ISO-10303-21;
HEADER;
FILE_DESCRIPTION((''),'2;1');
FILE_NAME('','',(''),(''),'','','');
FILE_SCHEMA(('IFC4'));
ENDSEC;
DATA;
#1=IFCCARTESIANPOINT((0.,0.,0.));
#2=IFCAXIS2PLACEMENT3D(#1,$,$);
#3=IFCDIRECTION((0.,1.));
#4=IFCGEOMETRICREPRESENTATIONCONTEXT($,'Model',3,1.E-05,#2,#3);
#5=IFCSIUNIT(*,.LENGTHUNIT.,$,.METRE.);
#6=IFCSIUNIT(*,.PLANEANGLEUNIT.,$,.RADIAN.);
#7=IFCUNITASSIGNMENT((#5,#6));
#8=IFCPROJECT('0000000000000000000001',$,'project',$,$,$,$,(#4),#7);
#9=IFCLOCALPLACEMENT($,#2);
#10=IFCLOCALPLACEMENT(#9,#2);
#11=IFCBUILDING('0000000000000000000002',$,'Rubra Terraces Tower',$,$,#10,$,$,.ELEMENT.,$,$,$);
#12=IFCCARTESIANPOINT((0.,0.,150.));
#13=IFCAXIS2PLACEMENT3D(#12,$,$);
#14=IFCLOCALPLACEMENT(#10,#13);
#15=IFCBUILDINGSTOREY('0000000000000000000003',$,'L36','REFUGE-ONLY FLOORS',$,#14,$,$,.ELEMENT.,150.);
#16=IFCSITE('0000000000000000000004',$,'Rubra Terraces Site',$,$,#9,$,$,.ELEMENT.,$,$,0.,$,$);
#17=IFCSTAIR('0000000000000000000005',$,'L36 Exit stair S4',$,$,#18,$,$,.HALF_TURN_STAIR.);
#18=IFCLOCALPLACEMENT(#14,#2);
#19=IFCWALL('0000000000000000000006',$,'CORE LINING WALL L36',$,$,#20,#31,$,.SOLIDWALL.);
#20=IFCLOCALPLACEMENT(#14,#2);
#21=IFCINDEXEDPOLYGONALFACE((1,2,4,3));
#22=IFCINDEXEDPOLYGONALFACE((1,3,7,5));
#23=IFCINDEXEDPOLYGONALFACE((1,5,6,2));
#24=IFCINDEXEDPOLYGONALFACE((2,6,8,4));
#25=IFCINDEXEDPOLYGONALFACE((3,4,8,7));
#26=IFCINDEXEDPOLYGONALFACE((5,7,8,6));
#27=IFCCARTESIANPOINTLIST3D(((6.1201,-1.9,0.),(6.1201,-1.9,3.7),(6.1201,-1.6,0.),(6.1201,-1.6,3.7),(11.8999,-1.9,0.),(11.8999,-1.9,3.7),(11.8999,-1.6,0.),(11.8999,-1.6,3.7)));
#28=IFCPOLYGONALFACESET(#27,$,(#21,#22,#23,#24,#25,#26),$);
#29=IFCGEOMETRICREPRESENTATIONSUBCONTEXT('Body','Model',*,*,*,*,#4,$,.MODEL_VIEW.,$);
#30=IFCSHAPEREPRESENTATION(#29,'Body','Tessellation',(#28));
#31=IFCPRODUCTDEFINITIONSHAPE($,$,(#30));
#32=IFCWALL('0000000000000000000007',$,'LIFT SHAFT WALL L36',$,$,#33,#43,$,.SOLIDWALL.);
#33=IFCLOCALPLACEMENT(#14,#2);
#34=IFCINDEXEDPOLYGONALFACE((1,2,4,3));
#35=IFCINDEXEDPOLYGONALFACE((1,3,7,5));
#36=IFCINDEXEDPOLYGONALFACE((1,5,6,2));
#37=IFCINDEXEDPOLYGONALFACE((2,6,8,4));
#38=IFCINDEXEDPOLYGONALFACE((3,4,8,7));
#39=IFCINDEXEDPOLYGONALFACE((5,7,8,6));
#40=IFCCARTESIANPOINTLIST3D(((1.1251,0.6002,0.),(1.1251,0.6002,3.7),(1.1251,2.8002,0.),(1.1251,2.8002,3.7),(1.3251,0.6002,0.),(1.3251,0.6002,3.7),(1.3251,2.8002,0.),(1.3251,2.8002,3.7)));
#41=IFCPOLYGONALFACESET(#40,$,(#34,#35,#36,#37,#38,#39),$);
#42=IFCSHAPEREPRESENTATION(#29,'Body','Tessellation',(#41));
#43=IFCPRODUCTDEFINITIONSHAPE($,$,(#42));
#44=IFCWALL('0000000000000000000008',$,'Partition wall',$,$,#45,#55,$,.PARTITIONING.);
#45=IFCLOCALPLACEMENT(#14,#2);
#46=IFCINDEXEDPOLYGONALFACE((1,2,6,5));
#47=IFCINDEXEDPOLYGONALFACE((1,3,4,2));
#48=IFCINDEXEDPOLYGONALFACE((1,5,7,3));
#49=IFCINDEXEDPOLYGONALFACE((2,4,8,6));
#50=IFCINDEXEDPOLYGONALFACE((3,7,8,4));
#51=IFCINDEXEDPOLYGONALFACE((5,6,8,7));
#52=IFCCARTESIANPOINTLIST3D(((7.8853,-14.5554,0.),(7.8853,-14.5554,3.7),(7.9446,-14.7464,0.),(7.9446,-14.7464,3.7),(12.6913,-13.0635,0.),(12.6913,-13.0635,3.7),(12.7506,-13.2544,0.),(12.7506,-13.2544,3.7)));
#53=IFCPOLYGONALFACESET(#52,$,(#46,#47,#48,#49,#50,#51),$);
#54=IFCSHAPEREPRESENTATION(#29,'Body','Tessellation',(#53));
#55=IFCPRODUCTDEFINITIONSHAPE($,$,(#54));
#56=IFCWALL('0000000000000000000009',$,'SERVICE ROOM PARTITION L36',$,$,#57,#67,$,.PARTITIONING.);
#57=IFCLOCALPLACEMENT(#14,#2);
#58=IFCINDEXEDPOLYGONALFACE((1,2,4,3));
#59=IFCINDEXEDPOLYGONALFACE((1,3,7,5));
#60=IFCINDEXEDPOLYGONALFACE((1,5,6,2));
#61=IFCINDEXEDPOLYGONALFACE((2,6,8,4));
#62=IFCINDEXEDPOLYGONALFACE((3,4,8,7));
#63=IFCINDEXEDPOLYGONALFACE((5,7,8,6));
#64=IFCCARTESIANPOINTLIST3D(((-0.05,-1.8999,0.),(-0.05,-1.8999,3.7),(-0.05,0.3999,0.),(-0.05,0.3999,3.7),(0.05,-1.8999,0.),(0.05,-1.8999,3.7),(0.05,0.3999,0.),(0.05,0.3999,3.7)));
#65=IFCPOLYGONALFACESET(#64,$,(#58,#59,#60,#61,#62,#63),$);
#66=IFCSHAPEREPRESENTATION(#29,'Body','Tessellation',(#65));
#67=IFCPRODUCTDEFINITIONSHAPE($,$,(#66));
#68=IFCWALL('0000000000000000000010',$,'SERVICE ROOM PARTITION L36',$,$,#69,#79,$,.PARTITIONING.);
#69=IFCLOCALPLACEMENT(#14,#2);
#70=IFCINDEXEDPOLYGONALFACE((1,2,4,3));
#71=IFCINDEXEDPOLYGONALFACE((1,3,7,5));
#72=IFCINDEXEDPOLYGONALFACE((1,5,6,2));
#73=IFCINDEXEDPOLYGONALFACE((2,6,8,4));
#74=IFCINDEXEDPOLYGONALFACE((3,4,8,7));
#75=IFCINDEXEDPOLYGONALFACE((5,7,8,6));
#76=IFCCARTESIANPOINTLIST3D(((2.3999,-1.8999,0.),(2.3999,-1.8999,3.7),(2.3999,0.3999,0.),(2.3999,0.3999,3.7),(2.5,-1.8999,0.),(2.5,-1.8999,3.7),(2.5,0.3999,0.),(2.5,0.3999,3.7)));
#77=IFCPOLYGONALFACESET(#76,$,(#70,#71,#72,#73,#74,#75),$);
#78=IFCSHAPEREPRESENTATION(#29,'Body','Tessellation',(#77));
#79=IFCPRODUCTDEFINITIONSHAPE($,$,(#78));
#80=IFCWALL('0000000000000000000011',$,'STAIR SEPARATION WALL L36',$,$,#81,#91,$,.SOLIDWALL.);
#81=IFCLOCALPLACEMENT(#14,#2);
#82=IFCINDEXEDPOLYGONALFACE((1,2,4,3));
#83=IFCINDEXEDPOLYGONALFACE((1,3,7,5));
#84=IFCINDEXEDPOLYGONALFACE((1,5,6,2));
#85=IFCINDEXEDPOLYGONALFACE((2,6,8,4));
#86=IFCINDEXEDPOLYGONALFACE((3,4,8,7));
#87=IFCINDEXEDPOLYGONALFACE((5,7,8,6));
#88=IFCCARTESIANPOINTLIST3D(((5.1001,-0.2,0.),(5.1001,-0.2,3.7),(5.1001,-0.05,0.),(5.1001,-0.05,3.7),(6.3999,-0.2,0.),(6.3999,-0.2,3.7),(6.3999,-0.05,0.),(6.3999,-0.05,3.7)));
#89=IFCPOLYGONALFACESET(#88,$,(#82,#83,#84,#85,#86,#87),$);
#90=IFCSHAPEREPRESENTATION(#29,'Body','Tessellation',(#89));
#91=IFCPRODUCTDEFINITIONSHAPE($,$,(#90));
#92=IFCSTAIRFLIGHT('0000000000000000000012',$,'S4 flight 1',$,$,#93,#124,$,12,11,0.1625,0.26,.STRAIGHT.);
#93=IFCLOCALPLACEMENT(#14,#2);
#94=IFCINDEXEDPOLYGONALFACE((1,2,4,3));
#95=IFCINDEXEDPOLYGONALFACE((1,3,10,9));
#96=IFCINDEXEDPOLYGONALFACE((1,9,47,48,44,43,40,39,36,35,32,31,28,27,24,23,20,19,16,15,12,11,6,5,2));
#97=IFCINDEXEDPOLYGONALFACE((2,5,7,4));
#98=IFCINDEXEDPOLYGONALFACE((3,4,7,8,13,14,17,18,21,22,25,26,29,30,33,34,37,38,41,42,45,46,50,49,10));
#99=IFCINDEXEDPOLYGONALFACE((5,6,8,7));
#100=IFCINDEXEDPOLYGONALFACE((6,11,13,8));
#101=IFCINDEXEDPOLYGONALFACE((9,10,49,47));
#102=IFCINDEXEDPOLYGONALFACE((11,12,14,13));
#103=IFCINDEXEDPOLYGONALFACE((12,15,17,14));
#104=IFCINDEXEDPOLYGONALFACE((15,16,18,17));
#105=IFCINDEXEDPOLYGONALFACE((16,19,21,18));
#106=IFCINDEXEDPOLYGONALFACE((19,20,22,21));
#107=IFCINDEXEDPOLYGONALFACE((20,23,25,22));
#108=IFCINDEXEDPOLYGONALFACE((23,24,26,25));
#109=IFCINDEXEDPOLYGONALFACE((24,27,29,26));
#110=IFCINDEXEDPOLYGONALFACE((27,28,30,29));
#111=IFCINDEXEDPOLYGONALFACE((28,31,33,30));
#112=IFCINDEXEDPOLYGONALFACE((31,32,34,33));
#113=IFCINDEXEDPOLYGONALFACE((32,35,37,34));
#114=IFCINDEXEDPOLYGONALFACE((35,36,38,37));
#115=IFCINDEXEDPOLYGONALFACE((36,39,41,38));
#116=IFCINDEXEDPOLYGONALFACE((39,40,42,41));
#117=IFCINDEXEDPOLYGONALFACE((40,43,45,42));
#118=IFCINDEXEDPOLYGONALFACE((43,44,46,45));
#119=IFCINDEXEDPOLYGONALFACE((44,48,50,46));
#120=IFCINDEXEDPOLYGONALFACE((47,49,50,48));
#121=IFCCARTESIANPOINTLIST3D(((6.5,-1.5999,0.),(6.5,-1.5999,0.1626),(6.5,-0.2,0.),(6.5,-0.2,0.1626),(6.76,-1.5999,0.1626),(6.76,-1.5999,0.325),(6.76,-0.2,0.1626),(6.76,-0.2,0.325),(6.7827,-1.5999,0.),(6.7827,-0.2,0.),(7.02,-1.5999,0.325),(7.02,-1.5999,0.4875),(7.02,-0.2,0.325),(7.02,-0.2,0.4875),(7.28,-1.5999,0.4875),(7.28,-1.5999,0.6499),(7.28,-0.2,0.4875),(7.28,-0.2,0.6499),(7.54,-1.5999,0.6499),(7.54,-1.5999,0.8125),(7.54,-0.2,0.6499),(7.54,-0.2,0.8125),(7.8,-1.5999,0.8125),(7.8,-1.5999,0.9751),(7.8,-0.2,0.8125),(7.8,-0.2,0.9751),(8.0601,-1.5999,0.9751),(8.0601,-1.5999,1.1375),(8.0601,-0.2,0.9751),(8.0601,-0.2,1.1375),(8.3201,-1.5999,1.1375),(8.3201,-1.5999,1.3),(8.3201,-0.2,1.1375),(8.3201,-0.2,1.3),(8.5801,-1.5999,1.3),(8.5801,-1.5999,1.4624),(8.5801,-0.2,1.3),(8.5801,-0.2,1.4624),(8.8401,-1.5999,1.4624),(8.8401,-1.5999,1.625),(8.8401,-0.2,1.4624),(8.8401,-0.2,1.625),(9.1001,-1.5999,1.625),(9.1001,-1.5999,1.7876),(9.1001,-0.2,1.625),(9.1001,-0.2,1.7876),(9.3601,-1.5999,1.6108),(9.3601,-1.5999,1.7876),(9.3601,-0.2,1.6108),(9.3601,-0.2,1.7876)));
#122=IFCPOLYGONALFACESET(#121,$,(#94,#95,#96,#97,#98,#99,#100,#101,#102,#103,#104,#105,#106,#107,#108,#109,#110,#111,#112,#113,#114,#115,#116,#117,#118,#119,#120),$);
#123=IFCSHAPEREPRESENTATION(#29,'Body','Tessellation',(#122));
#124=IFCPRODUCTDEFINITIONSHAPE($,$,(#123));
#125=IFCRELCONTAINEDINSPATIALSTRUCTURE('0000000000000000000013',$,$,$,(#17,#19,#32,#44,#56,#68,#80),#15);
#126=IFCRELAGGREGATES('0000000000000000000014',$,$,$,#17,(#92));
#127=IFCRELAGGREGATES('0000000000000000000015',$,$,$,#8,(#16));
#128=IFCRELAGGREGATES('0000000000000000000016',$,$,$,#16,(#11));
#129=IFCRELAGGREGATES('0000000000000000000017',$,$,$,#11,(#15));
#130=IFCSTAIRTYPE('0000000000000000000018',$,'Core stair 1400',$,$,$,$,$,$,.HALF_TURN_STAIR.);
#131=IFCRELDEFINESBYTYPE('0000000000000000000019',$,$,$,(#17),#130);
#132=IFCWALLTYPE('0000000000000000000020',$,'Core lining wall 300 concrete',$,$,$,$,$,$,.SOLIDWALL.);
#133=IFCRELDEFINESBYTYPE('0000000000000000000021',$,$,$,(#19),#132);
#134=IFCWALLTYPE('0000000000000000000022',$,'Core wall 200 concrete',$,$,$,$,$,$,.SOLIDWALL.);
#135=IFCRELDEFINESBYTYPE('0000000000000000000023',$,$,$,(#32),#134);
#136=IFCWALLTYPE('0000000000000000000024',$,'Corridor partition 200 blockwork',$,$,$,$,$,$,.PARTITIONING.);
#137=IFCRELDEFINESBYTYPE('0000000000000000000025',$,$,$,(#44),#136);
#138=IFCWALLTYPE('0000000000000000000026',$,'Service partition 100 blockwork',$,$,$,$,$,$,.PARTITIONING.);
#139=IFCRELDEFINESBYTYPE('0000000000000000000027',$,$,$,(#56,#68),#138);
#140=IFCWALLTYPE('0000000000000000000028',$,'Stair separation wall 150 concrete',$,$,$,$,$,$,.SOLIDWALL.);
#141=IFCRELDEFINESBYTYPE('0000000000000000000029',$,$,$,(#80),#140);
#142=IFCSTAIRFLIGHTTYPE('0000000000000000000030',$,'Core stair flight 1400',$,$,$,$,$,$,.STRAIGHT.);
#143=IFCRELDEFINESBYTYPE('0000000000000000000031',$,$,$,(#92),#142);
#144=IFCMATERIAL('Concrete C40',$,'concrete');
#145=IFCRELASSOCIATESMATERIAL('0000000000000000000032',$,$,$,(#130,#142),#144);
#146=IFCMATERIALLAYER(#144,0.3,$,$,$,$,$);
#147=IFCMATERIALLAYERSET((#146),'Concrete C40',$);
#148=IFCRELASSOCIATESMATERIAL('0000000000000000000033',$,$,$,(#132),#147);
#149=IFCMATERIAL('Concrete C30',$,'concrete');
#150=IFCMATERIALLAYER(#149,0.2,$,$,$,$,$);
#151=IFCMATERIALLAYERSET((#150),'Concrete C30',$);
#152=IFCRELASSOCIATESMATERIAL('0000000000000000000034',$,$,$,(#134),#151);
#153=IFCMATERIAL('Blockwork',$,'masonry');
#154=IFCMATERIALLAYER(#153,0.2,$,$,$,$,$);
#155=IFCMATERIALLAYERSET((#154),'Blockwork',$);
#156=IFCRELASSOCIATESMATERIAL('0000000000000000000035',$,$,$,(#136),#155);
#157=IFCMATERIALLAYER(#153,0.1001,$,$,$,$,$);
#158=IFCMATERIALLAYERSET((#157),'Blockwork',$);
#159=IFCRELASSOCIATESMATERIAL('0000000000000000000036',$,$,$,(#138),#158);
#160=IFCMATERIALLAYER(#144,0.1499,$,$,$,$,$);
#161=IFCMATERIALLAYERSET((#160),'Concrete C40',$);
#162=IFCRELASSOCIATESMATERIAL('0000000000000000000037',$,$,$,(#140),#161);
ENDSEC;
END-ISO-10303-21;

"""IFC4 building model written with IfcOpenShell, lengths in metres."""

from ifc_helpers import new_model, si_unit, direction, frame, frame_2d, origin, place, context, subcontext, project, spatial, polyline, rectangle, outline, extrude, material, layer, layer_set, type_object, element, aggregate, save


model = new_model("IFC4")

# Units and contexts
model_context = context("Model", 3, precision=1e-05, world=origin(), true_north=direction((0.0, 1.0)))
body_context = subcontext(model_context, "Body", "Model", "MODEL_VIEW")
ifc_project = project(units=[si_unit("LENGTHUNIT", "METRE"), si_unit("PLANEANGLEUNIT", "RADIAN")], contexts=[model_context])

# Site, building, storey
site_placement = place(None, origin())
site = spatial("IfcSite", under=ifc_project, at=site_placement, Name="Rubra Terraces Site", CompositionType="ELEMENT", RefElevation=0.0)
building_placement = place(site_placement, origin())
building = spatial("IfcBuilding", under=site, at=building_placement, Name="Rubra Terraces Tower", CompositionType="ELEMENT")
storey_placement = place(building_placement, frame((0.0, 0.0, 150.0)))
storey = spatial("IfcBuildingStorey", under=building, at=storey_placement, Name="L36", Description="REFUGE-ONLY FLOORS", CompositionType="ELEMENT", Elevation=150.0)

# Shared definitions
ifc_material_1 = material(Name="Concrete C40", Category="concrete")

# Stair
stair_type = type_object("IfcStairType", Name="Core stair 1400", PredefinedType="HALF_TURN_STAIR", material=ifc_material_1)
stair_1_placement = place(storey_placement, origin())
stair_1 = element("IfcStair", 1, at=stair_1_placement, inside=storey, type_object=stair_type, Name="L36 Exit stair S4", PredefinedType="HALF_TURN_STAIR")

# Walls
ifc_layer_1 = layer(ifc_material_1, 0.3)
ifc_layer_set_1 = layer_set([ifc_layer_1], Name="Concrete C40")
wall_type_1 = type_object("IfcWallType", Name="Core lining wall 300 concrete", PredefinedType="SOLIDWALL", material=ifc_layer_set_1)
wall_1_placement = place(storey_placement, frame((11.8999, -1.75, 0.0), z_axis=(0.0, 0.0, 1.0), x_axis=(-1.0, 0.0, 0.0)))
element("IfcWall", 2, at=wall_1_placement, inside=storey, type_object=wall_type_1, Name="CORE LINING WALL L36", PredefinedType="SOLIDWALL", context=body_context, shape_type="SweptSolid", body=[
    extrude(rectangle(XDim=5.7798, YDim=0.3, at=frame_2d((2.8899, 0.0))), origin(), (0.0, 0.0, 1.0), 3.7),
])
ifc_material_2 = material(Name="Concrete C30", Category="concrete")
ifc_layer_2 = layer(ifc_material_2, 0.2)
ifc_layer_set_2 = layer_set([ifc_layer_2], Name="Concrete C30")
wall_type_2 = type_object("IfcWallType", Name="Core wall 200 concrete", PredefinedType="SOLIDWALL", material=ifc_layer_set_2)
wall_2_placement = place(storey_placement, frame((1.2251, 0.6001, 0.0), z_axis=(0.0, 0.0, 1.0), x_axis=(0.0, 1.0, 0.0)))
element("IfcWall", 3, at=wall_2_placement, inside=storey, type_object=wall_type_2, Name="LIFT SHAFT WALL L36", PredefinedType="SOLIDWALL", context=body_context, shape_type="SweptSolid", body=[
    extrude(rectangle(XDim=2.2, YDim=0.2, at=frame_2d((1.1001, 0.0))), origin(), (0.0, 0.0, 1.0), 3.7),
])
ifc_material_3 = material(Name="Blockwork", Category="masonry")
ifc_layer_3 = layer(ifc_material_3, 0.2)
ifc_layer_set_3 = layer_set([ifc_layer_3], Name="Blockwork")
wall_type_3 = type_object("IfcWallType", Name="Corridor partition 200 blockwork", PredefinedType="PARTITIONING", material=ifc_layer_set_3)
wall_3_placement = place(storey_placement, frame((12.7209, -13.1589, 0.0), z_axis=(0.0, 0.0, 1.0), x_axis=(-0.955039, -0.296482, 0.0)))
element("IfcWall", 4, at=wall_3_placement, inside=storey, type_object=wall_type_3, Name="Partition wall", PredefinedType="PARTITIONING", context=body_context, shape_type="SweptSolid", body=[
    extrude(rectangle(XDim=5.0322, YDim=0.2, at=frame_2d((2.5161, 0.0))), origin(), (0.0, 0.0, 1.0), 3.7),
])
ifc_layer_4 = layer(ifc_material_3, 0.1001)
ifc_layer_set_4 = layer_set([ifc_layer_4], Name="Blockwork")
wall_type_4 = type_object("IfcWallType", Name="Service partition 100 blockwork", PredefinedType="PARTITIONING", material=ifc_layer_set_4)
for number, where, z_axis, x_axis, name in (
    (5, (0.0, -1.8999, 0.0), (0.0, 0.0, 1.0), (0.0, 1.0, 0.0), "SERVICE ROOM PARTITION L36"),
    (6, (2.45, -1.8999, 0.0), (0.0, 0.0, 1.0), (0.0, 1.0, 0.0), "SERVICE ROOM PARTITION L36"),
):
    element("IfcWall", number, at=place(storey_placement, frame(where, z_axis=z_axis, x_axis=x_axis)), inside=storey, type_object=wall_type_4, Name=name, PredefinedType="PARTITIONING", context=body_context, shape_type="SweptSolid", body=[
        extrude(rectangle(XDim=2.2998, YDim=0.1001, at=frame_2d((1.1499, 0.0))), origin(), (0.0, 0.0, 1.0), 3.7),
    ])
ifc_layer_5 = layer(ifc_material_1, 0.1499)
ifc_layer_set_5 = layer_set([ifc_layer_5], Name="Concrete C40")
wall_type_5 = type_object("IfcWallType", Name="Stair separation wall 150 concrete", PredefinedType="SOLIDWALL", material=ifc_layer_set_5)
wall_4_placement = place(storey_placement, frame((6.3999, -0.125, 0.0), z_axis=(0.0, 0.0, 1.0), x_axis=(-1.0, 0.0, 0.0)))
element("IfcWall", 7, at=wall_4_placement, inside=storey, type_object=wall_type_5, Name="STAIR SEPARATION WALL L36", PredefinedType="SOLIDWALL", context=body_context, shape_type="SweptSolid", body=[
    extrude(rectangle(XDim=1.2998, YDim=0.1499, at=frame_2d((0.6499, 0.0))), origin(), (0.0, 0.0, 1.0), 3.7),
])

# Stair flight
stair_flight_type = type_object("IfcStairFlightType", Name="Core stair flight 1400", PredefinedType="STRAIGHT", material=ifc_material_1)
stair_flight_placement = place(storey_placement, frame((6.5, -0.8999, 0.0), z_axis=(0.0, 0.0, 1.0), x_axis=(1.0, 0.0, 0.0)))
stair_flight = element("IfcStairFlight", 8, at=stair_flight_placement, type_object=stair_flight_type, Name="S4 flight 1", NumberOfRisers=12, NumberOfTreads=11, PredefinedType="STRAIGHT", RiserHeight=0.1625, TreadLength=0.26, context=body_context, shape_type="SweptSolid", body=[
    extrude(outline(polyline([(0.0, 0.0), (0.0, 0.1626), (0.26, 0.1626), (0.26, 0.325), (0.52, 0.325), (0.52, 0.4875), (0.78, 0.4875), (0.78, 0.6499), (1.04, 0.6499), (1.04, 0.8125), (1.3, 0.8125), (1.3, 0.9751), (1.5601, 0.9751), (1.5601, 1.1375), (1.8201, 1.1375), (1.8201, 1.3), (2.0801, 1.3), (2.0801, 1.4624), (2.3401, 1.4624), (2.3401, 1.625), (2.6001, 1.625), (2.6001, 1.7876), (2.8601, 1.7876), (2.8601, 1.95), (2.8601, 1.6108), (0.2827, 0.0), (0.0, 0.0)])), frame((0.0, 0.7, 0.0), z_axis=(0.0, -1.0, 0.0), x_axis=(1.0, 0.0, 0.0)), (0.0, 0.0, 1.0), 1.3999),
])
aggregate(stair_1, [stair_flight])

save(model, "model.ifc")
